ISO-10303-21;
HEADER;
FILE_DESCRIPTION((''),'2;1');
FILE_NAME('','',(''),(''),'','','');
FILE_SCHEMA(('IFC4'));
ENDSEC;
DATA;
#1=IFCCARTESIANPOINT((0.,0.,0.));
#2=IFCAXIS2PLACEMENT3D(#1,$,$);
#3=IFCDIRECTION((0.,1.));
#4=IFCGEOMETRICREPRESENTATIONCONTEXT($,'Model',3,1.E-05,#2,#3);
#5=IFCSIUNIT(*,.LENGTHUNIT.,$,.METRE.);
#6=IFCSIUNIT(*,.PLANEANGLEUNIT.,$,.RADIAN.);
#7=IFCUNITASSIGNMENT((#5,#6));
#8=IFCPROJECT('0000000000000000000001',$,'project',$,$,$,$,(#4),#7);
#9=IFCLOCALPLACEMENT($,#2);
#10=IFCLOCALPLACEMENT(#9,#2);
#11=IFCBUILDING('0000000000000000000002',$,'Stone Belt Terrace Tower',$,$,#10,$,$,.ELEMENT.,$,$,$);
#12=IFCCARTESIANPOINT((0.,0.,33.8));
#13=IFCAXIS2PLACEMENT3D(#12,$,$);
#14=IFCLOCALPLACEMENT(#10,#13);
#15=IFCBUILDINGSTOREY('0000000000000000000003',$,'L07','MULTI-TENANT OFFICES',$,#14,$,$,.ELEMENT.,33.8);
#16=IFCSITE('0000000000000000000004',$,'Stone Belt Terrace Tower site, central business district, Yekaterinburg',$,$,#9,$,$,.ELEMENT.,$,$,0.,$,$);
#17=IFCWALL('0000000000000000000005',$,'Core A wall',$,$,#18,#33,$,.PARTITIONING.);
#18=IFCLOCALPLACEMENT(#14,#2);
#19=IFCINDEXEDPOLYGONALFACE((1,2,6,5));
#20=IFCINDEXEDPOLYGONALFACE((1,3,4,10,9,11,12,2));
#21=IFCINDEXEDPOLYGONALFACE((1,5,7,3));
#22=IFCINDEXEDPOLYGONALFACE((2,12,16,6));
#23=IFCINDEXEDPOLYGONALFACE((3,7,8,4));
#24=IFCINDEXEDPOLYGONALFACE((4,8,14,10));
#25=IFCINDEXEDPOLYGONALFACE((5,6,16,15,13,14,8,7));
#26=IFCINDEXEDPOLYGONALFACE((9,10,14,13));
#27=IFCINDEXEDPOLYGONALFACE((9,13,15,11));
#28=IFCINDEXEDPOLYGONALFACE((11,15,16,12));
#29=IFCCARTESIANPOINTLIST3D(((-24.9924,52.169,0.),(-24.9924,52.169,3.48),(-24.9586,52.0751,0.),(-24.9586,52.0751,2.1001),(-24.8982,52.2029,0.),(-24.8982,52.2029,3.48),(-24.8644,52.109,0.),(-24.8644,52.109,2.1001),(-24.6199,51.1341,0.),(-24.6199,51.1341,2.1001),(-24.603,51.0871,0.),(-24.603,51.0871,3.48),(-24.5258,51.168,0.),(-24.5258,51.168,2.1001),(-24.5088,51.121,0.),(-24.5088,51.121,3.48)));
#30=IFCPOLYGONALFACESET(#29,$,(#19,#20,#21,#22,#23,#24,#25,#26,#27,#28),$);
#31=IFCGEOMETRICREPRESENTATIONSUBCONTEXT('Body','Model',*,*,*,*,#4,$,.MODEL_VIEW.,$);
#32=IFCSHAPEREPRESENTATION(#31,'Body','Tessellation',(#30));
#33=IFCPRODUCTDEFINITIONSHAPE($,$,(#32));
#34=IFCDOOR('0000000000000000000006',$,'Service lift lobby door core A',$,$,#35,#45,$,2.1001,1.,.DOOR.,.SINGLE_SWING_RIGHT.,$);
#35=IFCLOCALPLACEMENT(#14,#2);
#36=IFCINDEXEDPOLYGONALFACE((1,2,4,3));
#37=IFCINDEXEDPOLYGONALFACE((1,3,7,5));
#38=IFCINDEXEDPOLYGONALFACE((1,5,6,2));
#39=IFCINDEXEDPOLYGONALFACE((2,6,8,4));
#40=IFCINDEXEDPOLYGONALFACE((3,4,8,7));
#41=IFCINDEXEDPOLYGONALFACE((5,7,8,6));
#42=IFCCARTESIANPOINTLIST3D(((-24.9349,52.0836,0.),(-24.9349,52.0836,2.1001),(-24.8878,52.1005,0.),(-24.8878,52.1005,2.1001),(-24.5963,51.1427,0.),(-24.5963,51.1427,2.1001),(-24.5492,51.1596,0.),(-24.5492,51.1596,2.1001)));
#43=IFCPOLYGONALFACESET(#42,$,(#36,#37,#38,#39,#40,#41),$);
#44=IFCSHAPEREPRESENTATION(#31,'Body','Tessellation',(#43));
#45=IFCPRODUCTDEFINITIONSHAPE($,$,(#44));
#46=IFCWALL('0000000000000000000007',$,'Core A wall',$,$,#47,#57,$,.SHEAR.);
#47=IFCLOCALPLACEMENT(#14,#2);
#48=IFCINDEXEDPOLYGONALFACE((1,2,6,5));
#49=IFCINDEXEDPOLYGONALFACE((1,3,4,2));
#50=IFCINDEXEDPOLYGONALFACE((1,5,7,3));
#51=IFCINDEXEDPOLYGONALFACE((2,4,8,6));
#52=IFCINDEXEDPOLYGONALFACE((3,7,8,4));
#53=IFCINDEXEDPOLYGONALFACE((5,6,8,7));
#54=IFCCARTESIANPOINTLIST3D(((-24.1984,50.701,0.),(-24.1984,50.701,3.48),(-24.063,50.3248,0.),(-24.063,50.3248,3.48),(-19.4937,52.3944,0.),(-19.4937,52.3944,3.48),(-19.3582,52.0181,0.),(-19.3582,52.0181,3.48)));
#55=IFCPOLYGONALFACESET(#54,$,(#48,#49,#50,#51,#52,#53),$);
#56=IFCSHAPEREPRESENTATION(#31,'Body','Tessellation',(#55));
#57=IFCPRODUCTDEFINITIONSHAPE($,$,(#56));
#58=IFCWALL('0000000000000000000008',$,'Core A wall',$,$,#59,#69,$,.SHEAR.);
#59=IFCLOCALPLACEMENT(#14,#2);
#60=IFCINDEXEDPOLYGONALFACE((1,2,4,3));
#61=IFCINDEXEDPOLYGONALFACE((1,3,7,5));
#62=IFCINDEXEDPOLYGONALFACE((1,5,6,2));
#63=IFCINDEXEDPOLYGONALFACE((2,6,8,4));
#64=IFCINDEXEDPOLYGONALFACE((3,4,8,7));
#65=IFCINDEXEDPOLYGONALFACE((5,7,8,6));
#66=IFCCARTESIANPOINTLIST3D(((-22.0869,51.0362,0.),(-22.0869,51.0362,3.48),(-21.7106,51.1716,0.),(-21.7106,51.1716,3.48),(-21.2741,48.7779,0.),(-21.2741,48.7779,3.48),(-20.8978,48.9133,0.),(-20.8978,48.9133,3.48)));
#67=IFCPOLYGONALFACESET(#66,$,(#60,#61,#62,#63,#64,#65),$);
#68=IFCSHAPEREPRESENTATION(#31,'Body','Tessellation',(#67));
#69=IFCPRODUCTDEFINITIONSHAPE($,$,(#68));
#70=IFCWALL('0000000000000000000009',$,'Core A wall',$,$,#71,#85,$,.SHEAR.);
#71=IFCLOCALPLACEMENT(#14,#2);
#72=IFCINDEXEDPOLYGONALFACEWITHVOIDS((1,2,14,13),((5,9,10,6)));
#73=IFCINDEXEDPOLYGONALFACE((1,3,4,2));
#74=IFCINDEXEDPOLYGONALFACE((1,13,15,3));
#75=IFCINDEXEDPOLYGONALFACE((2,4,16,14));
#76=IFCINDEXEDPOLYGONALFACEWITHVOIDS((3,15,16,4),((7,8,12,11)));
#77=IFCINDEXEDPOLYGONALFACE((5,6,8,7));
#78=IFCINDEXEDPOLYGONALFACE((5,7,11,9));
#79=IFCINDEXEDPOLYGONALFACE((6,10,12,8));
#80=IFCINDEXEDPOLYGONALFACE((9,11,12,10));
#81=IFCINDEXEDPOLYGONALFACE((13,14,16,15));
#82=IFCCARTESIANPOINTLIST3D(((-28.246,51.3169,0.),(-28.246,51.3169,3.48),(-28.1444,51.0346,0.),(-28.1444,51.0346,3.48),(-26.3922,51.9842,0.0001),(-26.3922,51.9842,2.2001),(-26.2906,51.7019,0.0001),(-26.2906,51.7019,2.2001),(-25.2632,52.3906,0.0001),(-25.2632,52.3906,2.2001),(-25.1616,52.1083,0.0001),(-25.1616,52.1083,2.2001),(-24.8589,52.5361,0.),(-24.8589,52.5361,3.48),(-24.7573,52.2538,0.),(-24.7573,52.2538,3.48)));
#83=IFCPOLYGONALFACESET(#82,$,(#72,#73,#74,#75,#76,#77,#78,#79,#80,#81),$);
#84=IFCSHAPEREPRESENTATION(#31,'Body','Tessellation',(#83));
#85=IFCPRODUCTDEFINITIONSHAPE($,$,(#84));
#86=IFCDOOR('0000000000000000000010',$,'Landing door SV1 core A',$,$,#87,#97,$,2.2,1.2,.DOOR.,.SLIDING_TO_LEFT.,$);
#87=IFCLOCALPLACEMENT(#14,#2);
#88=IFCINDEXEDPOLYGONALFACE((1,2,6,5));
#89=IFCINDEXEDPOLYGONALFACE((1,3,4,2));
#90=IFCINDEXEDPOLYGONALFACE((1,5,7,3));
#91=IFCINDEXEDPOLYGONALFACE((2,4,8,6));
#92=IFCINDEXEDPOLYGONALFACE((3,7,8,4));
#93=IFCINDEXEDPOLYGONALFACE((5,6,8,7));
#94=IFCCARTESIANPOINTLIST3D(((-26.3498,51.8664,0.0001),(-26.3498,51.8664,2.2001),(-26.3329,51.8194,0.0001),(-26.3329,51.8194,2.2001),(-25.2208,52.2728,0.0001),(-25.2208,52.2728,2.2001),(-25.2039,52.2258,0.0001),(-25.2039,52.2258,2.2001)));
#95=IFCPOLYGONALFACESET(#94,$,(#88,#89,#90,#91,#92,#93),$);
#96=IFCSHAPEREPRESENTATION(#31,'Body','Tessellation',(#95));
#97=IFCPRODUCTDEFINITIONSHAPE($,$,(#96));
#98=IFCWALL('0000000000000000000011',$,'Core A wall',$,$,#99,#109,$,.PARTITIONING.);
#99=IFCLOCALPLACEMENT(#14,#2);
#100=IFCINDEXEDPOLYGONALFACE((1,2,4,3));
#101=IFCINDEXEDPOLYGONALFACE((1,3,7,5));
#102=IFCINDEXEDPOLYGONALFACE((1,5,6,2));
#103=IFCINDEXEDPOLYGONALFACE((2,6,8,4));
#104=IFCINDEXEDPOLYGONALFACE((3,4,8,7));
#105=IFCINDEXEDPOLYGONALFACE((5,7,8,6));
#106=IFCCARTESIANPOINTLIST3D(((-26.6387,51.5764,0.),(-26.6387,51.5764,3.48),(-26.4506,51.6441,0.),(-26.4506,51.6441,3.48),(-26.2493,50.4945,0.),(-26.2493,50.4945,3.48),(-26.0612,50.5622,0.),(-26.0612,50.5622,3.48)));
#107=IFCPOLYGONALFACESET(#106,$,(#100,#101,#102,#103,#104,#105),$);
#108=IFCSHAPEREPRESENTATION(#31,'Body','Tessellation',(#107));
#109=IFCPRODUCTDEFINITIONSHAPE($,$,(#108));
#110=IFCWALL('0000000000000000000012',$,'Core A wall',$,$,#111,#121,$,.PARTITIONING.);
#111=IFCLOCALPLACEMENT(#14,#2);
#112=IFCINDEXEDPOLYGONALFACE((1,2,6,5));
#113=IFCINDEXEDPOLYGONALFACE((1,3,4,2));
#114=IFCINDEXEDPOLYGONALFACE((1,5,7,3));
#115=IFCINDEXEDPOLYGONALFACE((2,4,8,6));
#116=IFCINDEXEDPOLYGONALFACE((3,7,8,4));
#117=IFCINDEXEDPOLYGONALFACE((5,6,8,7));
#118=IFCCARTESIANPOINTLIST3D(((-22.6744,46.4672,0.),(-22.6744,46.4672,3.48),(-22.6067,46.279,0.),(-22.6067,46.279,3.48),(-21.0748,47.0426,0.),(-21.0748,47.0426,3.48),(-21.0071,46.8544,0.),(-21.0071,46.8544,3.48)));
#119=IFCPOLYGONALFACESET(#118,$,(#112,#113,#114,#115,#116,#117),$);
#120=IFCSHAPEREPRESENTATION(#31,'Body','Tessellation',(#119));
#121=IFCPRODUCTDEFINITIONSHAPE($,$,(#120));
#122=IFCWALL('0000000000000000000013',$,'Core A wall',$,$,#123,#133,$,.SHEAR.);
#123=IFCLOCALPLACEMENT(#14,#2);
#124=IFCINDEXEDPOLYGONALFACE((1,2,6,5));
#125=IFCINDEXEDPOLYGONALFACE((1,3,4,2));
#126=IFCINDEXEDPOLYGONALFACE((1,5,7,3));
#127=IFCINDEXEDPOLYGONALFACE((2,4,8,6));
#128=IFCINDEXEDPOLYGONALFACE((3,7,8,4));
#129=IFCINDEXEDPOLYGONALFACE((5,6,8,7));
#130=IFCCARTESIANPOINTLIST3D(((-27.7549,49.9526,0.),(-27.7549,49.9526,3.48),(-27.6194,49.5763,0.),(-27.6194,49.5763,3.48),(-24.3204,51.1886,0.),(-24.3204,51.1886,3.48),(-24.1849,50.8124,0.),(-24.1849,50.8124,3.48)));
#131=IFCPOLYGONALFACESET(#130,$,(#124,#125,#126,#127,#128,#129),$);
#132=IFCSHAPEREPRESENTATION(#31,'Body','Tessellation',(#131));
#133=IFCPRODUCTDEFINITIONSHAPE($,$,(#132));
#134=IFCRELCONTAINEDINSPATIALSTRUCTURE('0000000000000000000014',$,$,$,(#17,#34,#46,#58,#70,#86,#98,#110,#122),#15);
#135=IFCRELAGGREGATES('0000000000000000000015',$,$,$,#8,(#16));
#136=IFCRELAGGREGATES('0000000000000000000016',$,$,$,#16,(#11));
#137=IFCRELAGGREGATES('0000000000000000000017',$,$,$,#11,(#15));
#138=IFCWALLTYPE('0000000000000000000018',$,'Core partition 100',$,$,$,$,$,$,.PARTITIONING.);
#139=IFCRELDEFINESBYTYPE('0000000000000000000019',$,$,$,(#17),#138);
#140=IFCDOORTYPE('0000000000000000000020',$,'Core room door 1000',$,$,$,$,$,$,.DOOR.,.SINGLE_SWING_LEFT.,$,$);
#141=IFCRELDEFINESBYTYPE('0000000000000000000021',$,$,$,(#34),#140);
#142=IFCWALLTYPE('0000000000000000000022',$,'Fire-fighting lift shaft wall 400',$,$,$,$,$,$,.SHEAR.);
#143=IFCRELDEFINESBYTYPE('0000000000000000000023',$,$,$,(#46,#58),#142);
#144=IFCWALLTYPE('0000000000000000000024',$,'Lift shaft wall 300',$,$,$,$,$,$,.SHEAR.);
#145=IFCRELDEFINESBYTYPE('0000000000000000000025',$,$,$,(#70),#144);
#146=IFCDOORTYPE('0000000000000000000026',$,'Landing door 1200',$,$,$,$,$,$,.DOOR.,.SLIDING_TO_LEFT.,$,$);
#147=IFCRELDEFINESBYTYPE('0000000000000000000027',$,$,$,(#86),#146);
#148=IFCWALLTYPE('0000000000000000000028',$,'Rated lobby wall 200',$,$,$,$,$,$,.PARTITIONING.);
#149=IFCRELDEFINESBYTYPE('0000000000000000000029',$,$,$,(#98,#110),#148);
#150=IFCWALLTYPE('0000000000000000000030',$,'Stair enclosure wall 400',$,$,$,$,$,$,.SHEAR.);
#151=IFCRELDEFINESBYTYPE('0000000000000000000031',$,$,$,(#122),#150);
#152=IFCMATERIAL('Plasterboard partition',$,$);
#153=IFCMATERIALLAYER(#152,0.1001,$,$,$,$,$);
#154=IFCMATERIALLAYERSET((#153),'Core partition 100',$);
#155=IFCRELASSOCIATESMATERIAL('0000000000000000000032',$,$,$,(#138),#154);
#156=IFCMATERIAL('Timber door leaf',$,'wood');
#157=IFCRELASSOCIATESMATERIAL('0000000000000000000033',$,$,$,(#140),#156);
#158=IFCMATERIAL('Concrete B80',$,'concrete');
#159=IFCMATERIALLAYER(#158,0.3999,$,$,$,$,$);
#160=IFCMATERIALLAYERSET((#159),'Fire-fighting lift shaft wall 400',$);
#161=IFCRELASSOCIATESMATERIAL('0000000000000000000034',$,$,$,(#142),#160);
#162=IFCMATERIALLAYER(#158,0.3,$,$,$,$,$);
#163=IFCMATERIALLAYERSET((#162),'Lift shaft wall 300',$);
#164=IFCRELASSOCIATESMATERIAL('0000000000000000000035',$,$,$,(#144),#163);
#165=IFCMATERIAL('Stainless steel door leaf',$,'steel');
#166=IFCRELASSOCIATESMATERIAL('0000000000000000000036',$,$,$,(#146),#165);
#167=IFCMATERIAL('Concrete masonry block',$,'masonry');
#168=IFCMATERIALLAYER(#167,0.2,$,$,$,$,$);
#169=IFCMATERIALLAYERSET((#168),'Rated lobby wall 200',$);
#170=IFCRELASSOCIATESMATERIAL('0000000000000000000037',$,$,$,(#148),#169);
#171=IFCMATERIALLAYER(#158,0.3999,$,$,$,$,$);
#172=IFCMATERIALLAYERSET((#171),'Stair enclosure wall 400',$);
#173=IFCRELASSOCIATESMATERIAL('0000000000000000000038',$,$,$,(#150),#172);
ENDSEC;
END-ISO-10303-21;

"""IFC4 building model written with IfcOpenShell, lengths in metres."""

from ifc_helpers import new_model, si_unit, direction, frame, frame_2d, origin, place, context, subcontext, project, spatial, rectangle, extrude, material, layer, layer_set, type_object, element, fill, save


model = new_model("IFC4")

# Units and contexts
model_context = context("Model", 3, precision=1e-05, world=origin(), true_north=direction((0.0, 1.0)))
body_context = subcontext(model_context, "Body", "Model", "MODEL_VIEW")
ifc_project = project(units=[si_unit("LENGTHUNIT", "METRE"), si_unit("PLANEANGLEUNIT", "RADIAN")], contexts=[model_context])

# Site, building, storey
site_placement = place(None, origin())
site = spatial("IfcSite", under=ifc_project, at=site_placement, Name="Stone Belt Terrace Tower site, central business district, Yekaterinburg", CompositionType="ELEMENT", RefElevation=0.0)
building_placement = place(site_placement, origin())
building = spatial("IfcBuilding", under=site, at=building_placement, Name="Stone Belt Terrace Tower", CompositionType="ELEMENT")
storey_placement = place(building_placement, frame((0.0, 0.0, 33.8)))
storey = spatial("IfcBuildingStorey", under=building, at=storey_placement, Name="L07", Description="MULTI-TENANT OFFICES", CompositionType="ELEMENT", Elevation=33.8)

# Wall, opening, door
ifc_material_1 = material(Name="Plasterboard partition")
ifc_layer_1 = layer(ifc_material_1, 0.1001)
ifc_layer_set_1 = layer_set([ifc_layer_1], Name="Core partition 100")
wall_type_1 = type_object("IfcWallType", Name="Core partition 100", PredefinedType="PARTITIONING", material=ifc_layer_set_1)
wall_1_placement = place(storey_placement, frame((-24.5559, 51.104, 0.0), z_axis=(0.0, 0.0, 1.0), x_axis=(-0.338622, 0.940923, 0.0)))
wall_1 = element("IfcWall", 1, at=wall_1_placement, inside=storey, type_object=wall_type_1, Name="Core A wall", PredefinedType="PARTITIONING", context=body_context, shape_type="SweptSolid", body=[
    extrude(rectangle(XDim=1.1499, YDim=0.1001, at=frame_2d((0.575, 0.0))), origin(), (0.0, 0.0, 1.0), 3.48),
])
opening_1_placement = place(wall_1_placement, frame((0.05, 0.0, 0.0)))
opening_1 = element("IfcOpeningElement", 2, at=opening_1_placement, cuts=wall_1, PredefinedType="OPENING", context=body_context, shape_type="SweptSolid", body=[
    extrude(rectangle(XDim=1.0, YDim=2.1001, at=frame_2d((0.5, 1.05))), frame((0.0, 0.0601, 0.0), z_axis=(0.0, -1.0, 0.0), x_axis=(1.0, 0.0, 0.0)), (0.0, 0.0, 1.0), 0.1201),
])
ifc_material_2 = material(Name="Timber door leaf", Category="wood")
door_type_1 = type_object("IfcDoorType", Name="Core room door 1000", OperationType="SINGLE_SWING_LEFT", PredefinedType="DOOR", material=ifc_material_2)
door_1_placement = place(opening_1_placement, origin())
door_1 = element("IfcDoor", 3, at=door_1_placement, inside=storey, type_object=door_type_1, Name="Service lift lobby door core A", OperationType="SINGLE_SWING_RIGHT", OverallHeight=2.1001, OverallWidth=1.0, PredefinedType="DOOR", context=body_context, shape_type="SweptSolid", body=[
    extrude(rectangle(XDim=1.0, YDim=2.1001, at=frame_2d((0.5, 1.05))), frame((0.0, 0.0249, 0.0), z_axis=(0.0, -1.0, 0.0), x_axis=(1.0, 0.0, 0.0)), (0.0, 0.0, 1.0), 0.05),
])
fill(opening_1, door_1)

# Walls
ifc_material_3 = material(Name="Concrete B80", Category="concrete")
ifc_layer_2 = layer(ifc_material_3, 0.3999)
ifc_layer_set_2 = layer_set([ifc_layer_2], Name="Fire-fighting lift shaft wall 400")
wall_type_2 = type_object("IfcWallType", Name="Fire-fighting lift shaft wall 400", PredefinedType="SHEAR", material=ifc_layer_set_2)
wall_2_placement = place(storey_placement, frame((-24.1306, 50.5129, 0.0), z_axis=(0.0, 0.0, 1.0), x_axis=(0.940912, 0.338652, 0.0)))
element("IfcWall", 4, at=wall_2_placement, inside=storey, type_object=wall_type_2, Name="Core A wall", PredefinedType="SHEAR", context=body_context, shape_type="SweptSolid", body=[
    extrude(rectangle(XDim=5.0002, YDim=0.3999, at=frame_2d((2.5, 0.0))), origin(), (0.0, 0.0, 1.0), 3.48),
])
wall_3_placement = place(storey_placement, frame((-21.0859, 48.8455, 0.0), z_axis=(0.0, 0.0, 1.0), x_axis=(-0.338629, 0.94092, 0.0)))
element("IfcWall", 5, at=wall_3_placement, inside=storey, type_object=wall_type_2, Name="Core A wall", PredefinedType="SHEAR", context=body_context, shape_type="SweptSolid", body=[
    extrude(rectangle(XDim=2.4001, YDim=0.3999, at=frame_2d((1.2002, 0.0))), origin(), (0.0, 0.0, 1.0), 3.48),
])

# Wall, opening, door
ifc_layer_3 = layer(ifc_material_3, 0.3)
ifc_layer_set_3 = layer_set([ifc_layer_3], Name="Lift shaft wall 300")
wall_type_3 = type_object("IfcWallType", Name="Lift shaft wall 300", PredefinedType="SHEAR", material=ifc_layer_set_3)
wall_4_placement = place(storey_placement, frame((-28.1951, 51.1758, 0.0), z_axis=(0.0, 0.0, 1.0), x_axis=(0.940901, 0.338681, 0.0)))
wall_4 = element("IfcWall", 6, at=wall_4_placement, inside=storey, type_object=wall_type_3, Name="Core A wall", PredefinedType="SHEAR", context=body_context, shape_type="SweptSolid", body=[
    extrude(rectangle(XDim=3.5999, YDim=0.3, at=frame_2d((1.7998, 0.0))), origin(), (0.0, 0.0, 1.0), 3.48),
])
opening_2_placement = place(wall_4_placement, frame((1.97, 0.0, 0.0)))
opening_2 = element("IfcOpeningElement", 7, at=opening_2_placement, cuts=wall_4, PredefinedType="OPENING", context=body_context, shape_type="SweptSolid", body=[
    extrude(rectangle(XDim=1.2, YDim=2.2, at=frame_2d((0.6001, 1.1001))), frame((0.0, 0.1599, 0.0), z_axis=(0.0, -1.0, 0.0), x_axis=(1.0, 0.0, 0.0)), (0.0, 0.0, 1.0), 0.3201),
])
ifc_material_4 = material(Name="Stainless steel door leaf", Category="steel")
door_type_2 = type_object("IfcDoorType", Name="Landing door 1200", OperationType="SLIDING_TO_LEFT", PredefinedType="DOOR", material=ifc_material_4)
door_2_placement = place(opening_2_placement, origin())
door_2 = element("IfcDoor", 8, at=door_2_placement, inside=storey, type_object=door_type_2, Name="Landing door SV1 core A", OperationType="SLIDING_TO_LEFT", OverallHeight=2.2, OverallWidth=1.2, PredefinedType="DOOR", context=body_context, shape_type="SweptSolid", body=[
    extrude(rectangle(XDim=1.2, YDim=2.2, at=frame_2d((0.6001, 1.1001))), frame((0.0, 0.0249, 0.0), z_axis=(0.0, -1.0, 0.0), x_axis=(1.0, 0.0, 0.0)), (0.0, 0.0, 1.0), 0.05),
])
fill(opening_2, door_2)

# Walls
ifc_material_5 = material(Name="Concrete masonry block", Category="masonry")
ifc_layer_4 = layer(ifc_material_5, 0.2)
ifc_layer_set_4 = layer_set([ifc_layer_4], Name="Rated lobby wall 200")
wall_type_4 = type_object("IfcWallType", Name="Rated lobby wall 200", PredefinedType="PARTITIONING", material=ifc_layer_set_4)
wall_5_placement = place(storey_placement, frame((-26.1553, 50.5283, 0.0), z_axis=(0.0, 0.0, 1.0), x_axis=(-0.338622, 0.940923, 0.0)))
element("IfcWall", 9, at=wall_5_placement, inside=storey, type_object=wall_type_4, Name="Core A wall", PredefinedType="PARTITIONING", context=body_context, shape_type="SweptSolid", body=[
    extrude(rectangle(XDim=1.1499, YDim=0.2, at=frame_2d((0.575, 0.0))), origin(), (0.0, 0.0, 1.0), 3.48),
])
wall_6_placement = place(storey_placement, frame((-22.6406, 46.373, 0.0), z_axis=(0.0, 0.0, 1.0), x_axis=(0.940966, 0.338501, 0.0)))
element("IfcWall", 10, at=wall_6_placement, inside=storey, type_object=wall_type_4, Name="Core A wall", PredefinedType="PARTITIONING", context=body_context, shape_type="SweptSolid", body=[
    extrude(rectangle(XDim=1.7, YDim=0.2, at=frame_2d((0.8501, 0.0))), origin(), (0.0, 0.0, 1.0), 3.48),
])
ifc_layer_5 = layer(ifc_material_3, 0.3999)
ifc_layer_set_5 = layer_set([ifc_layer_5], Name="Stair enclosure wall 400")
wall_type_5 = type_object("IfcWallType", Name="Stair enclosure wall 400", PredefinedType="SHEAR", material=ifc_layer_set_5)
wall_7_placement = place(storey_placement, frame((-27.6873, 49.7644, 0.0), z_axis=(0.0, 0.0, 1.0), x_axis=(0.940919, 0.338632, 0.0)))
element("IfcWall", 11, at=wall_7_placement, inside=storey, type_object=wall_type_5, Name="Core A wall", PredefinedType="SHEAR", context=body_context, shape_type="SweptSolid", body=[
    extrude(rectangle(XDim=3.6501, YDim=0.3999, at=frame_2d((1.8252, 0.0))), origin(), (0.0, 0.0, 1.0), 3.48),
])

save(model, "model.ifc")
